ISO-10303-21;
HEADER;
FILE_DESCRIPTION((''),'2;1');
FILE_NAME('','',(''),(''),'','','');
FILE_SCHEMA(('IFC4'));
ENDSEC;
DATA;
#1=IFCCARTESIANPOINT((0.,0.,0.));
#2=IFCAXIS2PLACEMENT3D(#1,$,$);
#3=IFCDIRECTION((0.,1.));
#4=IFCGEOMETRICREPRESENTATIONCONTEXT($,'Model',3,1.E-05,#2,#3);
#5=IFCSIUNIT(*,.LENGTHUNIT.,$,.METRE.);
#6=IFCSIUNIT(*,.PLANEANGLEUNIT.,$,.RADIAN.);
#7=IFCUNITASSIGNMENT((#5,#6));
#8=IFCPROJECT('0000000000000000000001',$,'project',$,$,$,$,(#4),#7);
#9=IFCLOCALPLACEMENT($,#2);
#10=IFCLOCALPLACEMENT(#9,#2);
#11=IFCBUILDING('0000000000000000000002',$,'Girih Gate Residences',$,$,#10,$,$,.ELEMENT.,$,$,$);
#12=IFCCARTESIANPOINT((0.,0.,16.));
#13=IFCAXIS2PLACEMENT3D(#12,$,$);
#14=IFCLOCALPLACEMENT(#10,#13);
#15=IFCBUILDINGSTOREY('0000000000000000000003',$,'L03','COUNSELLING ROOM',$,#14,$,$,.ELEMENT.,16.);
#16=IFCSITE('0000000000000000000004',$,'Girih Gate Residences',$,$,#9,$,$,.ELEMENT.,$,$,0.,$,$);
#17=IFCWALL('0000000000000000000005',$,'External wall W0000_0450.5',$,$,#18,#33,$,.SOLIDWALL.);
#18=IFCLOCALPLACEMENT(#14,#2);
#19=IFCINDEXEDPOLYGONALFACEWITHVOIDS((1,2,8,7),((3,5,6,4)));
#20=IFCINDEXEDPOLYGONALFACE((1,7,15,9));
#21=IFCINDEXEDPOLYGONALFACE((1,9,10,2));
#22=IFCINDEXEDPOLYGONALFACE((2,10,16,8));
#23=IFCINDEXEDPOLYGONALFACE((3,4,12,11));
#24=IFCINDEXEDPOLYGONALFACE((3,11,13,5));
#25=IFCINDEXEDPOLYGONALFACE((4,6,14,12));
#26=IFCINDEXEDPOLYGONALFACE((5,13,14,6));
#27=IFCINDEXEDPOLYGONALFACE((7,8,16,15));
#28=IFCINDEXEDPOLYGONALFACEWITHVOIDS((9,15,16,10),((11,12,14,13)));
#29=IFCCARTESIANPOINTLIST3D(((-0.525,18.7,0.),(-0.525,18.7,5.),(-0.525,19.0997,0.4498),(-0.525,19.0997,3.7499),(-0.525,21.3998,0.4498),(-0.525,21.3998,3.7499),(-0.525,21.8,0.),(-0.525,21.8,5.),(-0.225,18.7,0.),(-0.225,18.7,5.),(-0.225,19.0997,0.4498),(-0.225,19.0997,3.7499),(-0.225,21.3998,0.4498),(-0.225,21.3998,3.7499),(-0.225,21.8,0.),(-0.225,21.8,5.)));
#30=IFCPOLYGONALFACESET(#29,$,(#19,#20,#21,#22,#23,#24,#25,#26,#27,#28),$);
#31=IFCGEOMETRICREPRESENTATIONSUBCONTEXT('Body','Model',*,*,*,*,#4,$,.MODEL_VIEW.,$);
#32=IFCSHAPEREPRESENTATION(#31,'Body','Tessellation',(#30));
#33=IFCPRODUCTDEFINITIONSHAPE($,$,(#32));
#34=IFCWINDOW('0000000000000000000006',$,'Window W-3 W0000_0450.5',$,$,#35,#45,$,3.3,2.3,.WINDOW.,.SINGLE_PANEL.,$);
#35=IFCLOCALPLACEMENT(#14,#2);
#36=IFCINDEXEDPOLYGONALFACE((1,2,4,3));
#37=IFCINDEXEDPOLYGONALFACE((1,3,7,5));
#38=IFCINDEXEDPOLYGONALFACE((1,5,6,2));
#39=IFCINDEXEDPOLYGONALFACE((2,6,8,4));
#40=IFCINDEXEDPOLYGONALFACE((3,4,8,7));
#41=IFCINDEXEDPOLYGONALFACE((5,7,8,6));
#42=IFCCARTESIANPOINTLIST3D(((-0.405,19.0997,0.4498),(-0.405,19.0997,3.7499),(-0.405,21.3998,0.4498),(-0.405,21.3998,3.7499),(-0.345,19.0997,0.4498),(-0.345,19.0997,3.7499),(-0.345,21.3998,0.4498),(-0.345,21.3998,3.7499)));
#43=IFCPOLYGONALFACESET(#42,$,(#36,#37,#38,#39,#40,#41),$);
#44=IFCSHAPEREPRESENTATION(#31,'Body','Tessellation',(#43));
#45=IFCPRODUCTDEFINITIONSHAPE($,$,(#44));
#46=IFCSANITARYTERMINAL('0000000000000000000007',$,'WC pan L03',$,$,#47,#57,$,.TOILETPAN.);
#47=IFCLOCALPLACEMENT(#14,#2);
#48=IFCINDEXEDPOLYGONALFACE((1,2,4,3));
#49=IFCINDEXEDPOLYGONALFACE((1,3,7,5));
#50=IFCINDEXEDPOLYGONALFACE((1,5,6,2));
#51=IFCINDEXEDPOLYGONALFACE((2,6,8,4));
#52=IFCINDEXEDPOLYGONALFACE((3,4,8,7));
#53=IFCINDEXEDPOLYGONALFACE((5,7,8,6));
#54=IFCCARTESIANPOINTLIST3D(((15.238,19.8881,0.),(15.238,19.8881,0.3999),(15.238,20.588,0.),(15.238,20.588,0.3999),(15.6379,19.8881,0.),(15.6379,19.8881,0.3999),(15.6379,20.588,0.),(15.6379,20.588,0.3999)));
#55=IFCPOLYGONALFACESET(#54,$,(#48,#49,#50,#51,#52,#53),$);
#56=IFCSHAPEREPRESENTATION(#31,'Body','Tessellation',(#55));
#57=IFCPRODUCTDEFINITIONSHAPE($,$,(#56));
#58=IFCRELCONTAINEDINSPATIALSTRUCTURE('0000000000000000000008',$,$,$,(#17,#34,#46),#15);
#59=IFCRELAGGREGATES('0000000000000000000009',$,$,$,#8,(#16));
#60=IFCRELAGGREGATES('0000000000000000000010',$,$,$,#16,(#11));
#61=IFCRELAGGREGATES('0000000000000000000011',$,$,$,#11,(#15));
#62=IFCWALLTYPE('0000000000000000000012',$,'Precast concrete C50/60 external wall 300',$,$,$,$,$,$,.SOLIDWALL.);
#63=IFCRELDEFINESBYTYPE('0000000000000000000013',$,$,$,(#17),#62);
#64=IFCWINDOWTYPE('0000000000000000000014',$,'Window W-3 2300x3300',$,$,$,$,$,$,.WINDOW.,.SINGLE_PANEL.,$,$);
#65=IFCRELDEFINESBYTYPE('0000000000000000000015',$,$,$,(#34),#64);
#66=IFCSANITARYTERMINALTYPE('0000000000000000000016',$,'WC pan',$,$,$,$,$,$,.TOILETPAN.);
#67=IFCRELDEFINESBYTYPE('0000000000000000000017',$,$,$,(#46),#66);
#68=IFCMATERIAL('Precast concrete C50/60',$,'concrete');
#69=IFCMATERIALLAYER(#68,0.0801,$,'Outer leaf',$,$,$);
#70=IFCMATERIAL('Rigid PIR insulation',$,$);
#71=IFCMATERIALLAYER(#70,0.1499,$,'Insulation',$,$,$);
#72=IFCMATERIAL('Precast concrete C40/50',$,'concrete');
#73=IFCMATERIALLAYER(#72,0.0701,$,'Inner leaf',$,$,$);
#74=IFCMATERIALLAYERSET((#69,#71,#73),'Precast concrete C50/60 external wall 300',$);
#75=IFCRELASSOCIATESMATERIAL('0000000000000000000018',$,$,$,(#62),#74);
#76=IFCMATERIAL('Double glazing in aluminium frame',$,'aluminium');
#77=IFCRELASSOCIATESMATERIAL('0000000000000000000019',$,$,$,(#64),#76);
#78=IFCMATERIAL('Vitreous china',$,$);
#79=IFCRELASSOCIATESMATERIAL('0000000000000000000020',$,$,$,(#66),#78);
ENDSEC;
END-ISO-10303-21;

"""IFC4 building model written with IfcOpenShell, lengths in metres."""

from ifc_helpers import new_model, si_unit, direction, frame, frame_2d, origin, origin_2d, place, context, subcontext, project, spatial, rectangle, extrude, material, layer, layer_set, type_object, element, fill, save


model = new_model("IFC4")

# Units and contexts
model_context = context("Model", 3, precision=1e-05, world=origin(), true_north=direction((0.0, 1.0)))
body_context = subcontext(model_context, "Body", "Model", "MODEL_VIEW")
ifc_project = project(units=[si_unit("LENGTHUNIT", "METRE"), si_unit("PLANEANGLEUNIT", "RADIAN")], contexts=[model_context])

# Site, building, storey
site_placement = place(None, origin())
site = spatial("IfcSite", under=ifc_project, at=site_placement, Name="Girih Gate Residences", CompositionType="ELEMENT", RefElevation=0.0)
building_placement = place(site_placement, origin())
building = spatial("IfcBuilding", under=site, at=building_placement, Name="Girih Gate Residences", CompositionType="ELEMENT")
storey_placement = place(building_placement, frame((0.0, 0.0, 16.0)))
storey = spatial("IfcBuildingStorey", under=building, at=storey_placement, Name="L03", Description="COUNSELLING ROOM", CompositionType="ELEMENT", Elevation=16.0)

# Wall, opening, window
ifc_material_1 = material(Name="Precast concrete C50/60", Category="concrete")
ifc_layer_1 = layer(ifc_material_1, 0.0801, Name="Outer leaf")
ifc_material_2 = material(Name="Rigid PIR insulation")
ifc_layer_2 = layer(ifc_material_2, 0.1499, Name="Insulation")
ifc_material_3 = material(Name="Precast concrete C40/50", Category="concrete")
ifc_layer_3 = layer(ifc_material_3, 0.0701, Name="Inner leaf")
ifc_layer_set_1 = layer_set([ifc_layer_1, ifc_layer_2, ifc_layer_3], Name="Precast concrete C50/60 external wall 300")
wall_type_1 = type_object("IfcWallType", Name="Precast concrete C50/60 external wall 300", PredefinedType="SOLIDWALL", material=ifc_layer_set_1)
ifc_material_4 = material(Name="Double glazing in aluminium frame", Category="aluminium")
window_type = type_object("IfcWindowType", Name="Window W-3 2300x3300", PartitioningType="SINGLE_PANEL", PredefinedType="WINDOW", material=ifc_material_4)
wall_1_placement = place(storey_placement, frame((-0.375, 18.7, 0.0), z_axis=(0.0, 0.0, 1.0), x_axis=(0.0, 1.0, 0.0)))
wall_1 = element("IfcWall", 1, at=wall_1_placement, inside=storey, type_object=wall_type_1, Name="External wall W0000_0450.5", PredefinedType="SOLIDWALL", context=body_context, shape_type="SweptSolid", body=[
    extrude(rectangle(XDim=3.1001, YDim=0.3, at=frame_2d((1.55, 0.0))), origin(), (0.0, 0.0, 1.0), 5.0),
])
opening_1_placement = place(wall_1_placement, frame((0.3999, 0.0, 0.45)))
opening_1 = element("IfcOpeningElement", 2, at=opening_1_placement, cuts=wall_1, PredefinedType="OPENING", context=body_context, shape_type="SweptSolid", body=[
    extrude(rectangle(XDim=2.3, YDim=3.3, at=frame_2d((1.1499, 1.6499))), frame((0.0, 0.1599, 0.0), z_axis=(0.0, -1.0, 0.0), x_axis=(1.0, 0.0, 0.0)), (0.0, 0.0, 1.0), 0.3201),
])
window_1_placement = place(opening_1_placement, origin())
window_1 = element("IfcWindow", 3, at=window_1_placement, inside=storey, type_object=window_type, Name="Window W-3 W0000_0450.5", OverallHeight=3.3, OverallWidth=2.3, PartitioningType="SINGLE_PANEL", PredefinedType="WINDOW", context=body_context, shape_type="SweptSolid", body=[
    extrude(rectangle(XDim=2.3, YDim=3.3, at=frame_2d((1.1499, 1.6499))), frame((0.0, 0.03, 0.0), z_axis=(0.0, -1.0, 0.0), x_axis=(1.0, 0.0, 0.0)), (0.0, 0.0, 1.0), 0.0601),
])
fill(opening_1, window_1)

# Sanitary terminal
ifc_material_5 = material(Name="Vitreous china")
sanitary_terminal_type = type_object("IfcSanitaryTerminalType", Name="WC pan", PredefinedType="TOILETPAN", material=ifc_material_5)
sanitary_terminal_placement = place(storey_placement, frame((15.438, 20.238, 0.0), z_axis=(0.0, 0.0, 1.0), x_axis=(1.0, 0.0, 0.0)))
element("IfcSanitaryTerminal", 4, at=sanitary_terminal_placement, inside=storey, type_object=sanitary_terminal_type, Name="WC pan L03", PredefinedType="TOILETPAN", context=body_context, shape_type="SweptSolid", body=[
    extrude(rectangle(XDim=0.3999, YDim=0.7, at=origin_2d()), origin(), (0.0, 0.0, 1.0), 0.3999),
])

save(model, "model.ifc")
